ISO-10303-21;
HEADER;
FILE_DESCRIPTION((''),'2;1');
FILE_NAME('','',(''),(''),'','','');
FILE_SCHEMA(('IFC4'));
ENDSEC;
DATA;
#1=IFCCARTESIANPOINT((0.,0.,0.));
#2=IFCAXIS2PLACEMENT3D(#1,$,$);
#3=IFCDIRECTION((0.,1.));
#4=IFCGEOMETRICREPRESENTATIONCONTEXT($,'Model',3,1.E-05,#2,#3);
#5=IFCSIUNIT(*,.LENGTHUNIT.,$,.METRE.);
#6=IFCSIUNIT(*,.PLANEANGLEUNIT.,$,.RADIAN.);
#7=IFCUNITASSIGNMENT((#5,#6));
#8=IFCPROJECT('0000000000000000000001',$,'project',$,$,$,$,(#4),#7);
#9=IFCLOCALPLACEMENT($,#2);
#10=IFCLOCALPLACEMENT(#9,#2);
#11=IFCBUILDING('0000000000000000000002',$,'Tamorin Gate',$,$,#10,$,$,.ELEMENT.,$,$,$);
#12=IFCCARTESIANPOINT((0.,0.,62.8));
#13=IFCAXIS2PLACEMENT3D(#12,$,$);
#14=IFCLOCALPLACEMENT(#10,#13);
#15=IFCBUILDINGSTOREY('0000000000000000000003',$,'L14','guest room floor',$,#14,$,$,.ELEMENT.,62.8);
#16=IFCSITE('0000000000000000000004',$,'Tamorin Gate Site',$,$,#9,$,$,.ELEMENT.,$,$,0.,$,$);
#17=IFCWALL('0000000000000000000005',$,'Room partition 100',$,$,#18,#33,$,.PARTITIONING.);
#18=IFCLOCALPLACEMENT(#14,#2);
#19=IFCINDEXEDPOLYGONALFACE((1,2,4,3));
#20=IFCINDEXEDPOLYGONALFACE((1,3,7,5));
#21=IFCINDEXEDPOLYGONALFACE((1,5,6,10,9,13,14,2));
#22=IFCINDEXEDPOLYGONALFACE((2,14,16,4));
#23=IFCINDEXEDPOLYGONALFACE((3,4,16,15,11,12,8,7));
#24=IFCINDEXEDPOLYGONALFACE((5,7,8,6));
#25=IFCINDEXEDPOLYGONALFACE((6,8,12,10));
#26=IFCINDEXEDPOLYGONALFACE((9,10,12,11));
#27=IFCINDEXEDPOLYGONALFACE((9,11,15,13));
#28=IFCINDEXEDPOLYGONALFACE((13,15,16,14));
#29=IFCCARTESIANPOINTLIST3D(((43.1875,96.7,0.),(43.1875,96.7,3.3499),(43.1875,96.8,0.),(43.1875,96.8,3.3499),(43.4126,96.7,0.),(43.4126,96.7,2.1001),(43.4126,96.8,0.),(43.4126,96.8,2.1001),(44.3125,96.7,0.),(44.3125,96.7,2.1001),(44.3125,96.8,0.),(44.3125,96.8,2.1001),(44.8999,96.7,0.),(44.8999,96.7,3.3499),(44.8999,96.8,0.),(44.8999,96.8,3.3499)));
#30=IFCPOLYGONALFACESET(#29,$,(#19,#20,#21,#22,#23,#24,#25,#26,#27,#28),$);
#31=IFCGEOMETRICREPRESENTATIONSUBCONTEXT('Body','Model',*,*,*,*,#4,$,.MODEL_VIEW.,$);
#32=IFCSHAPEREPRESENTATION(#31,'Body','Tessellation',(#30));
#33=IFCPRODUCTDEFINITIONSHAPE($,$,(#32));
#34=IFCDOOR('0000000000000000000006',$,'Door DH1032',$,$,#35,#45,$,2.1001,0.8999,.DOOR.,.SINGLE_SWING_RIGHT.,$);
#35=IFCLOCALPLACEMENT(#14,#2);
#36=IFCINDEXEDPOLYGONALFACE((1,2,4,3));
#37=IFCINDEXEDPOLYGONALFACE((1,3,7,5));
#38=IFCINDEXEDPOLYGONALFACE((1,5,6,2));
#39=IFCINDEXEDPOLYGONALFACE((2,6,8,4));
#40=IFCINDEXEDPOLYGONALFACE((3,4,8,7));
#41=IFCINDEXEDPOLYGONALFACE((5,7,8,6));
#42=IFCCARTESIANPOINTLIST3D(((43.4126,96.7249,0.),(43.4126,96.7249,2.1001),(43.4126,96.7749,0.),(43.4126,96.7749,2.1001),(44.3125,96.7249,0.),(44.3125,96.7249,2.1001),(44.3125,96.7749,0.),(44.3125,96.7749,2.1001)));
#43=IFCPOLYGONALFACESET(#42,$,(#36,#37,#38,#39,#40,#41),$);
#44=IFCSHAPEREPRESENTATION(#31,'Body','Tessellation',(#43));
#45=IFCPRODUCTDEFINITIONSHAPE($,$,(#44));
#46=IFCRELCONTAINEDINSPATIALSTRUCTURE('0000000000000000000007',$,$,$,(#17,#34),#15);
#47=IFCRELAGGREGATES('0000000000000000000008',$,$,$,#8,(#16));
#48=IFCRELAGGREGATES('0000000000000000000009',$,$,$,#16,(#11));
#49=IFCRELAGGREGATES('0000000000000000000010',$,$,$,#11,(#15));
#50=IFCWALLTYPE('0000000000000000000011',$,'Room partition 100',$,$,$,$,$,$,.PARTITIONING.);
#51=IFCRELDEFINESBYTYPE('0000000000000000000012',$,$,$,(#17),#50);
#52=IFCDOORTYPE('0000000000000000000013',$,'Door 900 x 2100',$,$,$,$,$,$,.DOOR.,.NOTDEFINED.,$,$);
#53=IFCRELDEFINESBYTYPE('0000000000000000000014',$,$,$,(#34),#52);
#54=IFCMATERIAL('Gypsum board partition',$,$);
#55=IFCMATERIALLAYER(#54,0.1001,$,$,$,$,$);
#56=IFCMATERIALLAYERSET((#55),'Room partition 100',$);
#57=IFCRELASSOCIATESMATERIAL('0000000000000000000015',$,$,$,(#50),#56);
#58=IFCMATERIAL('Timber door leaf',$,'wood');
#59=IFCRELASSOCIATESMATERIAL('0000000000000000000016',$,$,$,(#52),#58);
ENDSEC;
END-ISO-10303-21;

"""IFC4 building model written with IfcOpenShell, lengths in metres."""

from ifc_helpers import new_model, si_unit, direction, frame, frame_2d, origin, place, context, subcontext, project, spatial, rectangle, extrude, material, layer, layer_set, type_object, element, fill, save


model = new_model("IFC4")

# Units and contexts
model_context = context("Model", 3, precision=1e-05, world=origin(), true_north=direction((0.0, 1.0)))
body_context = subcontext(model_context, "Body", "Model", "MODEL_VIEW")
ifc_project = project(units=[si_unit("LENGTHUNIT", "METRE"), si_unit("PLANEANGLEUNIT", "RADIAN")], contexts=[model_context])

# Site, building, storey
site_placement = place(None, origin())
site = spatial("IfcSite", under=ifc_project, at=site_placement, Name="Tamorin Gate Site", CompositionType="ELEMENT", RefElevation=0.0)
building_placement = place(site_placement, origin())
building = spatial("IfcBuilding", under=site, at=building_placement, Name="Tamorin Gate", CompositionType="ELEMENT")
storey_placement = place(building_placement, frame((0.0, 0.0, 62.8)))
storey = spatial("IfcBuildingStorey", under=building, at=storey_placement, Name="L14", Description="guest room floor", CompositionType="ELEMENT", Elevation=62.8)

# Wall, opening, door
ifc_material_1 = material(Name="Gypsum board partition")
ifc_layer_1 = layer(ifc_material_1, 0.1001)
ifc_layer_set_1 = layer_set([ifc_layer_1], Name="Room partition 100")
wall_type_1 = type_object("IfcWallType", Name="Room partition 100", PredefinedType="PARTITIONING", material=ifc_layer_set_1)
wall_1_placement = place(storey_placement, frame((43.1875, 96.75, 0.0), z_axis=(0.0, 0.0, 1.0), x_axis=(1.0, 0.0, 0.0)))
wall_1 = element("IfcWall", 1, at=wall_1_placement, inside=storey, type_object=wall_type_1, Name="Room partition 100", PredefinedType="PARTITIONING", context=body_context, shape_type="SweptSolid", body=[
    extrude(rectangle(XDim=1.7124, YDim=0.1001, at=frame_2d((0.8562, 0.0))), origin(), (0.0, 0.0, 1.0), 3.3499),
])
opening_1_placement = place(wall_1_placement, frame((0.2251, 0.0, 0.0)))
opening_1 = element("IfcOpeningElement", 2, at=opening_1_placement, cuts=wall_1, PredefinedType="OPENING", context=body_context, shape_type="SweptSolid", body=[
    extrude(rectangle(XDim=0.8999, YDim=2.1001, at=frame_2d((0.45, 1.05))), frame((0.0, 0.0601, 0.0), z_axis=(0.0, -1.0, 0.0), x_axis=(1.0, 0.0, 0.0)), (0.0, 0.0, 1.0), 0.1201),
])
ifc_material_2 = material(Name="Timber door leaf", Category="wood")
door_type = type_object("IfcDoorType", Name="Door 900 x 2100", OperationType="NOTDEFINED", PredefinedType="DOOR", material=ifc_material_2)
door_placement = place(opening_1_placement, origin())
door = element("IfcDoor", 3, at=door_placement, inside=storey, type_object=door_type, Name="Door DH1032", OperationType="SINGLE_SWING_RIGHT", OverallHeight=2.1001, OverallWidth=0.8999, PredefinedType="DOOR", context=body_context, shape_type="SweptSolid", body=[
    extrude(rectangle(XDim=0.8999, YDim=2.1001, at=frame_2d((0.45, 1.05))), frame((0.0, 0.0249, 0.0), z_axis=(0.0, -1.0, 0.0), x_axis=(1.0, 0.0, 0.0)), (0.0, 0.0, 1.0), 0.05),
])
fill(opening_1, door)

save(model, "model.ifc")
